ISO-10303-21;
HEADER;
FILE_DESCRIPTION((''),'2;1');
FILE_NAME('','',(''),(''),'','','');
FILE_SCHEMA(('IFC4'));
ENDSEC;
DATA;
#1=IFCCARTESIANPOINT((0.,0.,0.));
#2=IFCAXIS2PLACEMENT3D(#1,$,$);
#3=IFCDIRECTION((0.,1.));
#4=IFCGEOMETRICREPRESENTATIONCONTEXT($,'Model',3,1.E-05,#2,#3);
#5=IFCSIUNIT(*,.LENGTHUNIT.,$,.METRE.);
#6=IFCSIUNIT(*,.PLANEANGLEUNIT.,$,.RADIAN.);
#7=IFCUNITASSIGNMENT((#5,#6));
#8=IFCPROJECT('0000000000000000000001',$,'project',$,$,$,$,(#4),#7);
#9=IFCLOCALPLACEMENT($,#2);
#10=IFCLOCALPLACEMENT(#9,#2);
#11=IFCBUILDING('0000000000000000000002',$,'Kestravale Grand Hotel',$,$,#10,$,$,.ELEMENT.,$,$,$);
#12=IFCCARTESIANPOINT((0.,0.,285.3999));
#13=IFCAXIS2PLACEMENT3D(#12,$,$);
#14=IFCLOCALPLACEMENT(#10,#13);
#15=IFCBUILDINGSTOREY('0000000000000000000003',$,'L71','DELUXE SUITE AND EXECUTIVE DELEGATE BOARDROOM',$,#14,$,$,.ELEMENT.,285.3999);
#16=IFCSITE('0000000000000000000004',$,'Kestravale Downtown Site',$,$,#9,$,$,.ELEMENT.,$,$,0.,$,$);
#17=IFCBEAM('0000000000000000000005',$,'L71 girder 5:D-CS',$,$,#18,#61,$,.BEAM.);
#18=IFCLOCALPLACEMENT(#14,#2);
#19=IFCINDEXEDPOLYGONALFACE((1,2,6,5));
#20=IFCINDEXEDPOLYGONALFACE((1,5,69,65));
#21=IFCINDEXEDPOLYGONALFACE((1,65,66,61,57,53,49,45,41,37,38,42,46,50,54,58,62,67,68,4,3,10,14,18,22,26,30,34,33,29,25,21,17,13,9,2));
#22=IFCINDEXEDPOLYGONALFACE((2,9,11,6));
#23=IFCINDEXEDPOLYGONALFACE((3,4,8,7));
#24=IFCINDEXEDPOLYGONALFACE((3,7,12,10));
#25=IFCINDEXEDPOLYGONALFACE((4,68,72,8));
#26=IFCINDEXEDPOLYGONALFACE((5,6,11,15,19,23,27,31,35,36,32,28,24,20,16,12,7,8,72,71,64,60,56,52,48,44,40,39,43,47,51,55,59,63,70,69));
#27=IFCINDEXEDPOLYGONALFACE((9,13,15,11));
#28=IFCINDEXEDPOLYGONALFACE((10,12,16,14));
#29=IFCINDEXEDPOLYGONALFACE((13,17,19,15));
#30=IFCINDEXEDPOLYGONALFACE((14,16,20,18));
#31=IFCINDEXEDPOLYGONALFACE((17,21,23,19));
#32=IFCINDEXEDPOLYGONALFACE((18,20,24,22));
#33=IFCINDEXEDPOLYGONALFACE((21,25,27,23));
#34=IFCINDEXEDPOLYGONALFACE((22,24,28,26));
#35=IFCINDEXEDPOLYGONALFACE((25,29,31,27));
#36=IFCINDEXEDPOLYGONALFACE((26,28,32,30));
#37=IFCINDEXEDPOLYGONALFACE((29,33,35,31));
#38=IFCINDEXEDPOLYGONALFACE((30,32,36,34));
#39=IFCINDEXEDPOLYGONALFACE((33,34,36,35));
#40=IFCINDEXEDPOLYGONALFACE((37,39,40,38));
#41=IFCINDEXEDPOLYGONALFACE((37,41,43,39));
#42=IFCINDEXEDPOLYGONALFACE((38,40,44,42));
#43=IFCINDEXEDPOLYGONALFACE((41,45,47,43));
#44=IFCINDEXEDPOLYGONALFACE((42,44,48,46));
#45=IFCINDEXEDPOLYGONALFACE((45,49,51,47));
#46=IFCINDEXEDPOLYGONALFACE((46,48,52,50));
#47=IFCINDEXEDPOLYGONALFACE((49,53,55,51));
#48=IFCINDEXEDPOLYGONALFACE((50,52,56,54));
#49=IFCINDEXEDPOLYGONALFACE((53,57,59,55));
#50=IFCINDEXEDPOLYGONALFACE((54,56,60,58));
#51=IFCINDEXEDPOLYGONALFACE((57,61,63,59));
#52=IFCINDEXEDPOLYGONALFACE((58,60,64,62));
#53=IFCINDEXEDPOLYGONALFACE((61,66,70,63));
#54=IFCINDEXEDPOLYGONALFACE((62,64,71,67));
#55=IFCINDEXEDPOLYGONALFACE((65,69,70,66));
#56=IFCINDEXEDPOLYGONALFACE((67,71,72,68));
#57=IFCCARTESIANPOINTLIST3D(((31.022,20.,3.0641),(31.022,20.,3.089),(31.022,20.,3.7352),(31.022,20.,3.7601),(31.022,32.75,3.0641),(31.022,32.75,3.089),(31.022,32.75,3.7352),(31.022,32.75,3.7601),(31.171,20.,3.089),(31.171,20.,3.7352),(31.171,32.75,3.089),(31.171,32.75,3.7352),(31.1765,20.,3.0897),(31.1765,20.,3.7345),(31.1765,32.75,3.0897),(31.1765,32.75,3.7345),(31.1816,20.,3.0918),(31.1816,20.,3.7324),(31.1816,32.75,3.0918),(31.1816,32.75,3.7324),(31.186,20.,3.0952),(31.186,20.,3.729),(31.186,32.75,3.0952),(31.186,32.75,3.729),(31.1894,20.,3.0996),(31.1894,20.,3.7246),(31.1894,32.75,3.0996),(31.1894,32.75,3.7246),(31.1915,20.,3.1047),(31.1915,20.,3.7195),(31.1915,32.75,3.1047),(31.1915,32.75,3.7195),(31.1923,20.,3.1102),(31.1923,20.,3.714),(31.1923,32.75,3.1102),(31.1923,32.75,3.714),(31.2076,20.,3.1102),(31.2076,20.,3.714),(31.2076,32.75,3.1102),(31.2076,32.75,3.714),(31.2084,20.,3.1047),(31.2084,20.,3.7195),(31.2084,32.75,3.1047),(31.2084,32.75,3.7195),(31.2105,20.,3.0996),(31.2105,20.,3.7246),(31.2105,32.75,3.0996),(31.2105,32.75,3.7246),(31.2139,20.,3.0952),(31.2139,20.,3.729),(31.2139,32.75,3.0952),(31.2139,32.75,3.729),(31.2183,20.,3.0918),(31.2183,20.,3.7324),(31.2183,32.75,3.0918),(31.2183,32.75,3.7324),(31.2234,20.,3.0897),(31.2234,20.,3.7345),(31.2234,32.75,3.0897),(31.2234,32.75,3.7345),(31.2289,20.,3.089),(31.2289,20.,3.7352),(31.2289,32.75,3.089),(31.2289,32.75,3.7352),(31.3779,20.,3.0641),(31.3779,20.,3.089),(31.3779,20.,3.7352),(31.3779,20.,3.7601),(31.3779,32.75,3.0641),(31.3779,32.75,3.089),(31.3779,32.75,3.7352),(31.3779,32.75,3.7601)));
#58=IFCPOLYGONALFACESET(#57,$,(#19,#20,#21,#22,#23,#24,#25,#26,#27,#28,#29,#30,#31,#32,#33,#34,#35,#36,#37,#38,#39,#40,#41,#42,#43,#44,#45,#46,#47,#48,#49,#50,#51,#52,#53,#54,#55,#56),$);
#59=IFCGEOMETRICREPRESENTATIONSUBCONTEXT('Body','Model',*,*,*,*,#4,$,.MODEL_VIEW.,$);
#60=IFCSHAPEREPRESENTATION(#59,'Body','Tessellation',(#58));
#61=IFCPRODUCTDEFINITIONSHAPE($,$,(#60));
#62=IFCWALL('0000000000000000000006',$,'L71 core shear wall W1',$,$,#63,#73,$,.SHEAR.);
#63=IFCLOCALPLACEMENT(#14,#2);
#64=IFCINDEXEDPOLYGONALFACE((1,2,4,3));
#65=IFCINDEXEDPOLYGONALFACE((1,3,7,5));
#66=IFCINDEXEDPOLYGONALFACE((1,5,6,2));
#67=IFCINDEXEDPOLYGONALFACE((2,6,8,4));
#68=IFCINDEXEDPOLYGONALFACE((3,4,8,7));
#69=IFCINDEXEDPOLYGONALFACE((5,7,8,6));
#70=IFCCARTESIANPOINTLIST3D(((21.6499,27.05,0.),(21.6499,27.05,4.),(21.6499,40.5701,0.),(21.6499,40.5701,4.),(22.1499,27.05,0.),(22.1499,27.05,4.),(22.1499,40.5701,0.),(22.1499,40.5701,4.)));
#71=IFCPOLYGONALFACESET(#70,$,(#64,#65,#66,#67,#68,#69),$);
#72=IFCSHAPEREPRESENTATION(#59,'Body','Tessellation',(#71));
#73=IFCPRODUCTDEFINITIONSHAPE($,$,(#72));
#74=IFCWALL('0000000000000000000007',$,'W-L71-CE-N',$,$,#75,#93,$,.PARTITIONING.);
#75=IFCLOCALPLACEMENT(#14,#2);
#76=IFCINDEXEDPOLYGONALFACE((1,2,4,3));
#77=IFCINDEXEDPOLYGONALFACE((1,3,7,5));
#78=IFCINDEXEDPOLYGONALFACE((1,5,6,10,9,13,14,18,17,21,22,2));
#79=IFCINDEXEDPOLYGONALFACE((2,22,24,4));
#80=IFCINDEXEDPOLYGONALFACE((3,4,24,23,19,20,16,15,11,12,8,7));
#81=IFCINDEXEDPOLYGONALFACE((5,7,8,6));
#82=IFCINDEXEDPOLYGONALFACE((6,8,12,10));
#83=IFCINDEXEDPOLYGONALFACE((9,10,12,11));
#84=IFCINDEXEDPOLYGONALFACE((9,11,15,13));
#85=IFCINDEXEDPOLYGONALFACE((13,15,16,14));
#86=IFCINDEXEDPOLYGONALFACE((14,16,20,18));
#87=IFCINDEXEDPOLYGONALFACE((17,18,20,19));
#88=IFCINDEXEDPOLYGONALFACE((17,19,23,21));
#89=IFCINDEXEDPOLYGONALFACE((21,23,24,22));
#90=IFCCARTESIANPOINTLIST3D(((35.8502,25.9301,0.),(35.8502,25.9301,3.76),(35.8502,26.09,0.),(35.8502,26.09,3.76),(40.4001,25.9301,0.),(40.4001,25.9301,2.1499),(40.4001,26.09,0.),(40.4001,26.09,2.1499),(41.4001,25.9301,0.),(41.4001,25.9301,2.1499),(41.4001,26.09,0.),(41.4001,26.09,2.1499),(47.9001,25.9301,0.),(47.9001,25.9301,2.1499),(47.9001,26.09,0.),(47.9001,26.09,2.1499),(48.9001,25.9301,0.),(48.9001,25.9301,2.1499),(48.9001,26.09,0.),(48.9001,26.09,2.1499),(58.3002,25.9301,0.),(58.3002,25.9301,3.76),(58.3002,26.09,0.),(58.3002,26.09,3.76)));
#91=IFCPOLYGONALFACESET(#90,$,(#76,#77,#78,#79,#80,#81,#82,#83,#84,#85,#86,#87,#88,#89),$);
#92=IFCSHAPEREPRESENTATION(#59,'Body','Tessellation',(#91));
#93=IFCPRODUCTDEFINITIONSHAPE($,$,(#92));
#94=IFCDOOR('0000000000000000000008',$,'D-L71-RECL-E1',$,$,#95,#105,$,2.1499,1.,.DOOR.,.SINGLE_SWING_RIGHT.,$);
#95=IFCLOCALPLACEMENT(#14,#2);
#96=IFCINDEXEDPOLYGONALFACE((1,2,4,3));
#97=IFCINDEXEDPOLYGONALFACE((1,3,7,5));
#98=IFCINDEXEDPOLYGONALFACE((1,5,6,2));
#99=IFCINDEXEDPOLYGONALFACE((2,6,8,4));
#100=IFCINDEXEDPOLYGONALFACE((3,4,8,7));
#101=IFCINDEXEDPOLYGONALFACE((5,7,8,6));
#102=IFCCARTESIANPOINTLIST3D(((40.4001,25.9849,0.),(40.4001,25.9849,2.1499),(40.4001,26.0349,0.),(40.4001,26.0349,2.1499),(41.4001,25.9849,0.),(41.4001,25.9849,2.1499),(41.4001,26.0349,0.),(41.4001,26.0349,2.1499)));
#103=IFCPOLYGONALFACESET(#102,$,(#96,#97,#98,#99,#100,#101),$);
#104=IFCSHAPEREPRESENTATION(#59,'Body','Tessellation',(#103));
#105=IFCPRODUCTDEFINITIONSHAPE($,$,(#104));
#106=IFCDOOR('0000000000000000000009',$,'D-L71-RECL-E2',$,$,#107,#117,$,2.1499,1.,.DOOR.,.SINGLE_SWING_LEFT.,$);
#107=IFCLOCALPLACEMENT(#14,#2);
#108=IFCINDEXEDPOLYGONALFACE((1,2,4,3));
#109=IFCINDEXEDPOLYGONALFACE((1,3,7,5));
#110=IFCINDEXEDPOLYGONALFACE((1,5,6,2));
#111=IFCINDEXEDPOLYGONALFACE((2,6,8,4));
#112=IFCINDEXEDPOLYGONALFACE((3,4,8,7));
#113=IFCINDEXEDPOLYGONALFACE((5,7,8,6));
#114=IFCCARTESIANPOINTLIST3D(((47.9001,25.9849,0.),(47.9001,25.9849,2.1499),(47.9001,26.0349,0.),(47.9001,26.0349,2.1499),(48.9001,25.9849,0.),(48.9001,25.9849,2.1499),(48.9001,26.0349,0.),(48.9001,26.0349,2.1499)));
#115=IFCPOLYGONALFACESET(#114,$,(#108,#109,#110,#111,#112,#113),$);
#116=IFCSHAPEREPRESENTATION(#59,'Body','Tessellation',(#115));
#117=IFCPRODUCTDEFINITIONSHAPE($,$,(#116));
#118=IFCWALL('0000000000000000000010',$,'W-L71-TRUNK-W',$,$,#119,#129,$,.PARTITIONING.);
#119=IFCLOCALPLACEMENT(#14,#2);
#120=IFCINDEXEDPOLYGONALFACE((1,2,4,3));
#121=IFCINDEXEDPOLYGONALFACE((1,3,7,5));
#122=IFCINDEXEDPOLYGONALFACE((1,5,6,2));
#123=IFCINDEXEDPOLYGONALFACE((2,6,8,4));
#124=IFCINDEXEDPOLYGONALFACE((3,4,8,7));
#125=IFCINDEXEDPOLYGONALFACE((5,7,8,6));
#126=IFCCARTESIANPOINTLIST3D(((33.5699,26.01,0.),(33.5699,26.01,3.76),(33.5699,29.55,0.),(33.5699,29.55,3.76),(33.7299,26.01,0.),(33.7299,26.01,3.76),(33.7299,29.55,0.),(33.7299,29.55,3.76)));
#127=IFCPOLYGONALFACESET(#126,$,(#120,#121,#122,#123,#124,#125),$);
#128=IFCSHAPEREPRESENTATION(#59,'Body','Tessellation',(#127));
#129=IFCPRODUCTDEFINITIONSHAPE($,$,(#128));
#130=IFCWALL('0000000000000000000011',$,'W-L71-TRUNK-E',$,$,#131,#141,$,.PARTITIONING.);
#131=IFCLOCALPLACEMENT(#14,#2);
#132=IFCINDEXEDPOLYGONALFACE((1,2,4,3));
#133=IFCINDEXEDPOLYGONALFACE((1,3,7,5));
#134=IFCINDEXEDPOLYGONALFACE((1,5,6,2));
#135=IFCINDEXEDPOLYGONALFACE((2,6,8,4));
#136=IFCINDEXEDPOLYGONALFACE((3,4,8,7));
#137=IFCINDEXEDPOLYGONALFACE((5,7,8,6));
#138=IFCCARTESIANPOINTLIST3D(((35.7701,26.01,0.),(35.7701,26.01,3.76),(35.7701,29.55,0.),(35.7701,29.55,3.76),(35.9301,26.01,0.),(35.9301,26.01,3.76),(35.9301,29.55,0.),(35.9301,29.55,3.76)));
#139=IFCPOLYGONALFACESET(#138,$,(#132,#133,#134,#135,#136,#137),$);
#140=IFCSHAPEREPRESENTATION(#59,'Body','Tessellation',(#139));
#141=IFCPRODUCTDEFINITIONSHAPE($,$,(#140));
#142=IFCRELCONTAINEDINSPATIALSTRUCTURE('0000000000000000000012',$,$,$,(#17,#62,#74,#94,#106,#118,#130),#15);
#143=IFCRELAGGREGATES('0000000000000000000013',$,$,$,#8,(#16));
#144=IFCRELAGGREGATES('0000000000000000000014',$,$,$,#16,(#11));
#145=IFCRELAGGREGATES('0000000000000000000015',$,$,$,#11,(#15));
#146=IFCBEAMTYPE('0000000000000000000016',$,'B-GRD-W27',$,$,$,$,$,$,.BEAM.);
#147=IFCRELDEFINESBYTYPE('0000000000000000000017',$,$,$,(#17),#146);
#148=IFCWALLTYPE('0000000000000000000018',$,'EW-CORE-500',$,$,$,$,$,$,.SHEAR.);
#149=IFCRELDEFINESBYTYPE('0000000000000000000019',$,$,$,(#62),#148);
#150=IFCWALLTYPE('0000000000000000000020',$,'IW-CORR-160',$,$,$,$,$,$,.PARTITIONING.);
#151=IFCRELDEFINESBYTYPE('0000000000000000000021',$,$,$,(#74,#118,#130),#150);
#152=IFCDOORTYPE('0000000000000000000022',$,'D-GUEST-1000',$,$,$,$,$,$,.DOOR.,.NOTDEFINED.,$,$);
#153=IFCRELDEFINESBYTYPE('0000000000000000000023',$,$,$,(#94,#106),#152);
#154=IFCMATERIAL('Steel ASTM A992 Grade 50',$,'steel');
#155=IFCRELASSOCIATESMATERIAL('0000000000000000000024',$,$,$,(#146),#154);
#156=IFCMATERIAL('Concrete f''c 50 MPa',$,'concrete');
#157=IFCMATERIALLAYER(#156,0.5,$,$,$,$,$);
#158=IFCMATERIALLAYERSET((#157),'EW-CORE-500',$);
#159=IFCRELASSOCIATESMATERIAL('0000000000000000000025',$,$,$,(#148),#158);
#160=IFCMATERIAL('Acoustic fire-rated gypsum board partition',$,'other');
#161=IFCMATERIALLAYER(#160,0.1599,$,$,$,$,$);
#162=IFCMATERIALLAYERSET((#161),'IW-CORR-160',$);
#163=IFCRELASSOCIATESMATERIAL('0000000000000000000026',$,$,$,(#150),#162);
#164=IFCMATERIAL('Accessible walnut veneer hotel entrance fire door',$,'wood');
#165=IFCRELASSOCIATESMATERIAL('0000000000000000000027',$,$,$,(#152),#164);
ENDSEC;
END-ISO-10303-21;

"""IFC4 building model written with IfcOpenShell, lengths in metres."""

from ifc_helpers import new_model, si_unit, direction, frame, frame_2d, origin, origin_2d, place, context, subcontext, project, spatial, rectangle, i_section, extrude, material, layer, layer_set, material_profile, profile_set, type_object, element, fill, save


model = new_model("IFC4")

# Units and contexts
model_context = context("Model", 3, precision=1e-05, world=origin(), true_north=direction((0.0, 1.0)))
body_context = subcontext(model_context, "Body", "Model", "MODEL_VIEW")
ifc_project = project(units=[si_unit("LENGTHUNIT", "METRE"), si_unit("PLANEANGLEUNIT", "RADIAN")], contexts=[model_context])

# Site, building, storey
site_placement = place(None, origin())
site = spatial("IfcSite", under=ifc_project, at=site_placement, Name="Kestravale Downtown Site", CompositionType="ELEMENT", RefElevation=0.0)
building_placement = place(site_placement, origin())
building = spatial("IfcBuilding", under=site, at=building_placement, Name="Kestravale Grand Hotel", CompositionType="ELEMENT")
storey_placement = place(building_placement, frame((0.0, 0.0, 285.3999)))
storey = spatial("IfcBuildingStorey", under=building, at=storey_placement, Name="L71", Description="DELUXE SUITE AND EXECUTIVE DELEGATE BOARDROOM", CompositionType="ELEMENT", Elevation=285.3999)

# Beam
ifc_material_1 = material(Name="Steel ASTM A992 Grade 50", Category="steel")
ifc_material_profile_1 = material_profile(ifc_material_1, i_section(OverallWidth=0.356, OverallDepth=0.696, WebThickness=0.0154, FlangeThickness=0.0249, FilletRadius=0.0212, at=origin_2d()))
ifc_profile_set_1 = profile_set([ifc_material_profile_1], Name="Steel ASTM A992 Grade 50")
beam_type_1 = type_object("IfcBeamType", Name="B-GRD-W27", PredefinedType="BEAM", material=ifc_profile_set_1)
for number, where, z_axis, x_axis, name in (
    (1, (31.2, 20.0, 3.4121), (0.0, 1.0, 0.0), (-1.0, 0.0, 0.0), "L71 girder 5:D-CS"),
):
    element("IfcBeam", number, at=place(storey_placement, frame(where, z_axis=z_axis, x_axis=x_axis)), inside=storey, type_object=beam_type_1, Name=name, PredefinedType="BEAM", context=body_context, shape_type="SweptSolid", body=[
        extrude(i_section(OverallWidth=0.356, OverallDepth=0.696, WebThickness=0.0154, FlangeThickness=0.0249, FilletRadius=0.0212, at=origin_2d()), origin(), (0.0, 0.0, 1.0), 12.75),
    ])

# Wall
ifc_material_2 = material(Name="Concrete f'c 50 MPa", Category="concrete")
ifc_layer_1 = layer(ifc_material_2, 0.5)
ifc_layer_set_1 = layer_set([ifc_layer_1], Name="EW-CORE-500")
wall_type_1 = type_object("IfcWallType", Name="EW-CORE-500", PredefinedType="SHEAR", material=ifc_layer_set_1)
wall_1_placement = place(storey_placement, frame((21.8999, 27.05, 0.0), z_axis=(0.0, 0.0, 1.0), x_axis=(0.0, 1.0, 0.0)))
element("IfcWall", 2, at=wall_1_placement, inside=storey, type_object=wall_type_1, Name="L71 core shear wall W1", PredefinedType="SHEAR", context=body_context, shape_type="SweptSolid", body=[
    extrude(rectangle(XDim=13.52, YDim=0.5, at=frame_2d((6.76, 0.0))), origin(), (0.0, 0.0, 1.0), 4.0),
])

# Wall, openings, doors
ifc_material_3 = material(Name="Acoustic fire-rated gypsum board partition", Category="other")
ifc_layer_2 = layer(ifc_material_3, 0.1599)
ifc_layer_set_2 = layer_set([ifc_layer_2], Name="IW-CORR-160")
wall_type_2 = type_object("IfcWallType", Name="IW-CORR-160", PredefinedType="PARTITIONING", material=ifc_layer_set_2)
wall_2_placement = place(storey_placement, frame((35.8501, 26.01, 0.0), z_axis=(0.0, 0.0, 1.0), x_axis=(1.0, 0.0, 0.0)))
wall_2 = element("IfcWall", 3, at=wall_2_placement, inside=storey, type_object=wall_type_2, Name="W-L71-CE-N", PredefinedType="PARTITIONING", context=body_context, shape_type="SweptSolid", body=[
    extrude(rectangle(XDim=22.45, YDim=0.1599, at=frame_2d((11.2251, 0.0))), origin(), (0.0, 0.0, 1.0), 3.76),
])
opening_1_placement = place(wall_2_placement, frame((4.55, 0.0, 0.0)))
opening_1 = element("IfcOpeningElement", 4, at=opening_1_placement, cuts=wall_2, PredefinedType="OPENING", context=body_context, shape_type="SweptSolid", body=[
    extrude(rectangle(XDim=1.0, YDim=2.1499, at=frame_2d((0.5, 1.075))), frame((0.0, 0.0898, 0.0), z_axis=(0.0, -1.0, 0.0), x_axis=(1.0, 0.0, 0.0)), (0.0, 0.0, 1.0), 0.1799),
])
opening_2_placement = place(wall_2_placement, frame((12.05, 0.0, 0.0)))
opening_2 = element("IfcOpeningElement", 5, at=opening_2_placement, cuts=wall_2, PredefinedType="OPENING", context=body_context, shape_type="SweptSolid", body=[
    extrude(rectangle(XDim=1.0, YDim=2.1499, at=frame_2d((0.5, 1.075))), frame((0.0, 0.0898, 0.0), z_axis=(0.0, -1.0, 0.0), x_axis=(1.0, 0.0, 0.0)), (0.0, 0.0, 1.0), 0.1799),
])
ifc_material_4 = material(Name="Accessible walnut veneer hotel entrance fire door", Category="wood")
door_type_1 = type_object("IfcDoorType", Name="D-GUEST-1000", OperationType="NOTDEFINED", PredefinedType="DOOR", material=ifc_material_4)
door_1_placement = place(opening_1_placement, origin())
door_1 = element("IfcDoor", 6, at=door_1_placement, inside=storey, type_object=door_type_1, Name="D-L71-RECL-E1", OperationType="SINGLE_SWING_RIGHT", OverallHeight=2.1499, OverallWidth=1.0, PredefinedType="DOOR", context=body_context, shape_type="SweptSolid", body=[
    extrude(rectangle(XDim=1.0, YDim=2.1499, at=frame_2d((0.5, 1.075))), frame((0.0, 0.0249, 0.0), z_axis=(0.0, -1.0, 0.0), x_axis=(1.0, 0.0, 0.0)), (0.0, 0.0, 1.0), 0.05),
])
fill(opening_1, door_1)
door_2_placement = place(opening_2_placement, origin())
door_2 = element("IfcDoor", 7, at=door_2_placement, inside=storey, type_object=door_type_1, Name="D-L71-RECL-E2", OperationType="SINGLE_SWING_LEFT", OverallHeight=2.1499, OverallWidth=1.0, PredefinedType="DOOR", context=body_context, shape_type="SweptSolid", body=[
    extrude(rectangle(XDim=1.0, YDim=2.1499, at=frame_2d((0.5, 1.075))), frame((0.0, 0.0249, 0.0), z_axis=(0.0, -1.0, 0.0), x_axis=(1.0, 0.0, 0.0)), (0.0, 0.0, 1.0), 0.05),
])
fill(opening_2, door_2)

# Walls
for number, where, z_axis, x_axis, name in (
    (8, (33.6499, 26.01, 0.0), (0.0, 0.0, 1.0), (0.0, 1.0, 0.0), "W-L71-TRUNK-W"),
    (9, (35.8501, 26.01, 0.0), (0.0, 0.0, 1.0), (0.0, 1.0, 0.0), "W-L71-TRUNK-E"),
):
    element("IfcWall", number, at=place(storey_placement, frame(where, z_axis=z_axis, x_axis=x_axis)), inside=storey, type_object=wall_type_2, Name=name, PredefinedType="PARTITIONING", context=body_context, shape_type="SweptSolid", body=[
        extrude(rectangle(XDim=3.54, YDim=0.1599, at=frame_2d((1.77, 0.0))), origin(), (0.0, 0.0, 1.0), 3.76),
    ])

save(model, "model.ifc")
